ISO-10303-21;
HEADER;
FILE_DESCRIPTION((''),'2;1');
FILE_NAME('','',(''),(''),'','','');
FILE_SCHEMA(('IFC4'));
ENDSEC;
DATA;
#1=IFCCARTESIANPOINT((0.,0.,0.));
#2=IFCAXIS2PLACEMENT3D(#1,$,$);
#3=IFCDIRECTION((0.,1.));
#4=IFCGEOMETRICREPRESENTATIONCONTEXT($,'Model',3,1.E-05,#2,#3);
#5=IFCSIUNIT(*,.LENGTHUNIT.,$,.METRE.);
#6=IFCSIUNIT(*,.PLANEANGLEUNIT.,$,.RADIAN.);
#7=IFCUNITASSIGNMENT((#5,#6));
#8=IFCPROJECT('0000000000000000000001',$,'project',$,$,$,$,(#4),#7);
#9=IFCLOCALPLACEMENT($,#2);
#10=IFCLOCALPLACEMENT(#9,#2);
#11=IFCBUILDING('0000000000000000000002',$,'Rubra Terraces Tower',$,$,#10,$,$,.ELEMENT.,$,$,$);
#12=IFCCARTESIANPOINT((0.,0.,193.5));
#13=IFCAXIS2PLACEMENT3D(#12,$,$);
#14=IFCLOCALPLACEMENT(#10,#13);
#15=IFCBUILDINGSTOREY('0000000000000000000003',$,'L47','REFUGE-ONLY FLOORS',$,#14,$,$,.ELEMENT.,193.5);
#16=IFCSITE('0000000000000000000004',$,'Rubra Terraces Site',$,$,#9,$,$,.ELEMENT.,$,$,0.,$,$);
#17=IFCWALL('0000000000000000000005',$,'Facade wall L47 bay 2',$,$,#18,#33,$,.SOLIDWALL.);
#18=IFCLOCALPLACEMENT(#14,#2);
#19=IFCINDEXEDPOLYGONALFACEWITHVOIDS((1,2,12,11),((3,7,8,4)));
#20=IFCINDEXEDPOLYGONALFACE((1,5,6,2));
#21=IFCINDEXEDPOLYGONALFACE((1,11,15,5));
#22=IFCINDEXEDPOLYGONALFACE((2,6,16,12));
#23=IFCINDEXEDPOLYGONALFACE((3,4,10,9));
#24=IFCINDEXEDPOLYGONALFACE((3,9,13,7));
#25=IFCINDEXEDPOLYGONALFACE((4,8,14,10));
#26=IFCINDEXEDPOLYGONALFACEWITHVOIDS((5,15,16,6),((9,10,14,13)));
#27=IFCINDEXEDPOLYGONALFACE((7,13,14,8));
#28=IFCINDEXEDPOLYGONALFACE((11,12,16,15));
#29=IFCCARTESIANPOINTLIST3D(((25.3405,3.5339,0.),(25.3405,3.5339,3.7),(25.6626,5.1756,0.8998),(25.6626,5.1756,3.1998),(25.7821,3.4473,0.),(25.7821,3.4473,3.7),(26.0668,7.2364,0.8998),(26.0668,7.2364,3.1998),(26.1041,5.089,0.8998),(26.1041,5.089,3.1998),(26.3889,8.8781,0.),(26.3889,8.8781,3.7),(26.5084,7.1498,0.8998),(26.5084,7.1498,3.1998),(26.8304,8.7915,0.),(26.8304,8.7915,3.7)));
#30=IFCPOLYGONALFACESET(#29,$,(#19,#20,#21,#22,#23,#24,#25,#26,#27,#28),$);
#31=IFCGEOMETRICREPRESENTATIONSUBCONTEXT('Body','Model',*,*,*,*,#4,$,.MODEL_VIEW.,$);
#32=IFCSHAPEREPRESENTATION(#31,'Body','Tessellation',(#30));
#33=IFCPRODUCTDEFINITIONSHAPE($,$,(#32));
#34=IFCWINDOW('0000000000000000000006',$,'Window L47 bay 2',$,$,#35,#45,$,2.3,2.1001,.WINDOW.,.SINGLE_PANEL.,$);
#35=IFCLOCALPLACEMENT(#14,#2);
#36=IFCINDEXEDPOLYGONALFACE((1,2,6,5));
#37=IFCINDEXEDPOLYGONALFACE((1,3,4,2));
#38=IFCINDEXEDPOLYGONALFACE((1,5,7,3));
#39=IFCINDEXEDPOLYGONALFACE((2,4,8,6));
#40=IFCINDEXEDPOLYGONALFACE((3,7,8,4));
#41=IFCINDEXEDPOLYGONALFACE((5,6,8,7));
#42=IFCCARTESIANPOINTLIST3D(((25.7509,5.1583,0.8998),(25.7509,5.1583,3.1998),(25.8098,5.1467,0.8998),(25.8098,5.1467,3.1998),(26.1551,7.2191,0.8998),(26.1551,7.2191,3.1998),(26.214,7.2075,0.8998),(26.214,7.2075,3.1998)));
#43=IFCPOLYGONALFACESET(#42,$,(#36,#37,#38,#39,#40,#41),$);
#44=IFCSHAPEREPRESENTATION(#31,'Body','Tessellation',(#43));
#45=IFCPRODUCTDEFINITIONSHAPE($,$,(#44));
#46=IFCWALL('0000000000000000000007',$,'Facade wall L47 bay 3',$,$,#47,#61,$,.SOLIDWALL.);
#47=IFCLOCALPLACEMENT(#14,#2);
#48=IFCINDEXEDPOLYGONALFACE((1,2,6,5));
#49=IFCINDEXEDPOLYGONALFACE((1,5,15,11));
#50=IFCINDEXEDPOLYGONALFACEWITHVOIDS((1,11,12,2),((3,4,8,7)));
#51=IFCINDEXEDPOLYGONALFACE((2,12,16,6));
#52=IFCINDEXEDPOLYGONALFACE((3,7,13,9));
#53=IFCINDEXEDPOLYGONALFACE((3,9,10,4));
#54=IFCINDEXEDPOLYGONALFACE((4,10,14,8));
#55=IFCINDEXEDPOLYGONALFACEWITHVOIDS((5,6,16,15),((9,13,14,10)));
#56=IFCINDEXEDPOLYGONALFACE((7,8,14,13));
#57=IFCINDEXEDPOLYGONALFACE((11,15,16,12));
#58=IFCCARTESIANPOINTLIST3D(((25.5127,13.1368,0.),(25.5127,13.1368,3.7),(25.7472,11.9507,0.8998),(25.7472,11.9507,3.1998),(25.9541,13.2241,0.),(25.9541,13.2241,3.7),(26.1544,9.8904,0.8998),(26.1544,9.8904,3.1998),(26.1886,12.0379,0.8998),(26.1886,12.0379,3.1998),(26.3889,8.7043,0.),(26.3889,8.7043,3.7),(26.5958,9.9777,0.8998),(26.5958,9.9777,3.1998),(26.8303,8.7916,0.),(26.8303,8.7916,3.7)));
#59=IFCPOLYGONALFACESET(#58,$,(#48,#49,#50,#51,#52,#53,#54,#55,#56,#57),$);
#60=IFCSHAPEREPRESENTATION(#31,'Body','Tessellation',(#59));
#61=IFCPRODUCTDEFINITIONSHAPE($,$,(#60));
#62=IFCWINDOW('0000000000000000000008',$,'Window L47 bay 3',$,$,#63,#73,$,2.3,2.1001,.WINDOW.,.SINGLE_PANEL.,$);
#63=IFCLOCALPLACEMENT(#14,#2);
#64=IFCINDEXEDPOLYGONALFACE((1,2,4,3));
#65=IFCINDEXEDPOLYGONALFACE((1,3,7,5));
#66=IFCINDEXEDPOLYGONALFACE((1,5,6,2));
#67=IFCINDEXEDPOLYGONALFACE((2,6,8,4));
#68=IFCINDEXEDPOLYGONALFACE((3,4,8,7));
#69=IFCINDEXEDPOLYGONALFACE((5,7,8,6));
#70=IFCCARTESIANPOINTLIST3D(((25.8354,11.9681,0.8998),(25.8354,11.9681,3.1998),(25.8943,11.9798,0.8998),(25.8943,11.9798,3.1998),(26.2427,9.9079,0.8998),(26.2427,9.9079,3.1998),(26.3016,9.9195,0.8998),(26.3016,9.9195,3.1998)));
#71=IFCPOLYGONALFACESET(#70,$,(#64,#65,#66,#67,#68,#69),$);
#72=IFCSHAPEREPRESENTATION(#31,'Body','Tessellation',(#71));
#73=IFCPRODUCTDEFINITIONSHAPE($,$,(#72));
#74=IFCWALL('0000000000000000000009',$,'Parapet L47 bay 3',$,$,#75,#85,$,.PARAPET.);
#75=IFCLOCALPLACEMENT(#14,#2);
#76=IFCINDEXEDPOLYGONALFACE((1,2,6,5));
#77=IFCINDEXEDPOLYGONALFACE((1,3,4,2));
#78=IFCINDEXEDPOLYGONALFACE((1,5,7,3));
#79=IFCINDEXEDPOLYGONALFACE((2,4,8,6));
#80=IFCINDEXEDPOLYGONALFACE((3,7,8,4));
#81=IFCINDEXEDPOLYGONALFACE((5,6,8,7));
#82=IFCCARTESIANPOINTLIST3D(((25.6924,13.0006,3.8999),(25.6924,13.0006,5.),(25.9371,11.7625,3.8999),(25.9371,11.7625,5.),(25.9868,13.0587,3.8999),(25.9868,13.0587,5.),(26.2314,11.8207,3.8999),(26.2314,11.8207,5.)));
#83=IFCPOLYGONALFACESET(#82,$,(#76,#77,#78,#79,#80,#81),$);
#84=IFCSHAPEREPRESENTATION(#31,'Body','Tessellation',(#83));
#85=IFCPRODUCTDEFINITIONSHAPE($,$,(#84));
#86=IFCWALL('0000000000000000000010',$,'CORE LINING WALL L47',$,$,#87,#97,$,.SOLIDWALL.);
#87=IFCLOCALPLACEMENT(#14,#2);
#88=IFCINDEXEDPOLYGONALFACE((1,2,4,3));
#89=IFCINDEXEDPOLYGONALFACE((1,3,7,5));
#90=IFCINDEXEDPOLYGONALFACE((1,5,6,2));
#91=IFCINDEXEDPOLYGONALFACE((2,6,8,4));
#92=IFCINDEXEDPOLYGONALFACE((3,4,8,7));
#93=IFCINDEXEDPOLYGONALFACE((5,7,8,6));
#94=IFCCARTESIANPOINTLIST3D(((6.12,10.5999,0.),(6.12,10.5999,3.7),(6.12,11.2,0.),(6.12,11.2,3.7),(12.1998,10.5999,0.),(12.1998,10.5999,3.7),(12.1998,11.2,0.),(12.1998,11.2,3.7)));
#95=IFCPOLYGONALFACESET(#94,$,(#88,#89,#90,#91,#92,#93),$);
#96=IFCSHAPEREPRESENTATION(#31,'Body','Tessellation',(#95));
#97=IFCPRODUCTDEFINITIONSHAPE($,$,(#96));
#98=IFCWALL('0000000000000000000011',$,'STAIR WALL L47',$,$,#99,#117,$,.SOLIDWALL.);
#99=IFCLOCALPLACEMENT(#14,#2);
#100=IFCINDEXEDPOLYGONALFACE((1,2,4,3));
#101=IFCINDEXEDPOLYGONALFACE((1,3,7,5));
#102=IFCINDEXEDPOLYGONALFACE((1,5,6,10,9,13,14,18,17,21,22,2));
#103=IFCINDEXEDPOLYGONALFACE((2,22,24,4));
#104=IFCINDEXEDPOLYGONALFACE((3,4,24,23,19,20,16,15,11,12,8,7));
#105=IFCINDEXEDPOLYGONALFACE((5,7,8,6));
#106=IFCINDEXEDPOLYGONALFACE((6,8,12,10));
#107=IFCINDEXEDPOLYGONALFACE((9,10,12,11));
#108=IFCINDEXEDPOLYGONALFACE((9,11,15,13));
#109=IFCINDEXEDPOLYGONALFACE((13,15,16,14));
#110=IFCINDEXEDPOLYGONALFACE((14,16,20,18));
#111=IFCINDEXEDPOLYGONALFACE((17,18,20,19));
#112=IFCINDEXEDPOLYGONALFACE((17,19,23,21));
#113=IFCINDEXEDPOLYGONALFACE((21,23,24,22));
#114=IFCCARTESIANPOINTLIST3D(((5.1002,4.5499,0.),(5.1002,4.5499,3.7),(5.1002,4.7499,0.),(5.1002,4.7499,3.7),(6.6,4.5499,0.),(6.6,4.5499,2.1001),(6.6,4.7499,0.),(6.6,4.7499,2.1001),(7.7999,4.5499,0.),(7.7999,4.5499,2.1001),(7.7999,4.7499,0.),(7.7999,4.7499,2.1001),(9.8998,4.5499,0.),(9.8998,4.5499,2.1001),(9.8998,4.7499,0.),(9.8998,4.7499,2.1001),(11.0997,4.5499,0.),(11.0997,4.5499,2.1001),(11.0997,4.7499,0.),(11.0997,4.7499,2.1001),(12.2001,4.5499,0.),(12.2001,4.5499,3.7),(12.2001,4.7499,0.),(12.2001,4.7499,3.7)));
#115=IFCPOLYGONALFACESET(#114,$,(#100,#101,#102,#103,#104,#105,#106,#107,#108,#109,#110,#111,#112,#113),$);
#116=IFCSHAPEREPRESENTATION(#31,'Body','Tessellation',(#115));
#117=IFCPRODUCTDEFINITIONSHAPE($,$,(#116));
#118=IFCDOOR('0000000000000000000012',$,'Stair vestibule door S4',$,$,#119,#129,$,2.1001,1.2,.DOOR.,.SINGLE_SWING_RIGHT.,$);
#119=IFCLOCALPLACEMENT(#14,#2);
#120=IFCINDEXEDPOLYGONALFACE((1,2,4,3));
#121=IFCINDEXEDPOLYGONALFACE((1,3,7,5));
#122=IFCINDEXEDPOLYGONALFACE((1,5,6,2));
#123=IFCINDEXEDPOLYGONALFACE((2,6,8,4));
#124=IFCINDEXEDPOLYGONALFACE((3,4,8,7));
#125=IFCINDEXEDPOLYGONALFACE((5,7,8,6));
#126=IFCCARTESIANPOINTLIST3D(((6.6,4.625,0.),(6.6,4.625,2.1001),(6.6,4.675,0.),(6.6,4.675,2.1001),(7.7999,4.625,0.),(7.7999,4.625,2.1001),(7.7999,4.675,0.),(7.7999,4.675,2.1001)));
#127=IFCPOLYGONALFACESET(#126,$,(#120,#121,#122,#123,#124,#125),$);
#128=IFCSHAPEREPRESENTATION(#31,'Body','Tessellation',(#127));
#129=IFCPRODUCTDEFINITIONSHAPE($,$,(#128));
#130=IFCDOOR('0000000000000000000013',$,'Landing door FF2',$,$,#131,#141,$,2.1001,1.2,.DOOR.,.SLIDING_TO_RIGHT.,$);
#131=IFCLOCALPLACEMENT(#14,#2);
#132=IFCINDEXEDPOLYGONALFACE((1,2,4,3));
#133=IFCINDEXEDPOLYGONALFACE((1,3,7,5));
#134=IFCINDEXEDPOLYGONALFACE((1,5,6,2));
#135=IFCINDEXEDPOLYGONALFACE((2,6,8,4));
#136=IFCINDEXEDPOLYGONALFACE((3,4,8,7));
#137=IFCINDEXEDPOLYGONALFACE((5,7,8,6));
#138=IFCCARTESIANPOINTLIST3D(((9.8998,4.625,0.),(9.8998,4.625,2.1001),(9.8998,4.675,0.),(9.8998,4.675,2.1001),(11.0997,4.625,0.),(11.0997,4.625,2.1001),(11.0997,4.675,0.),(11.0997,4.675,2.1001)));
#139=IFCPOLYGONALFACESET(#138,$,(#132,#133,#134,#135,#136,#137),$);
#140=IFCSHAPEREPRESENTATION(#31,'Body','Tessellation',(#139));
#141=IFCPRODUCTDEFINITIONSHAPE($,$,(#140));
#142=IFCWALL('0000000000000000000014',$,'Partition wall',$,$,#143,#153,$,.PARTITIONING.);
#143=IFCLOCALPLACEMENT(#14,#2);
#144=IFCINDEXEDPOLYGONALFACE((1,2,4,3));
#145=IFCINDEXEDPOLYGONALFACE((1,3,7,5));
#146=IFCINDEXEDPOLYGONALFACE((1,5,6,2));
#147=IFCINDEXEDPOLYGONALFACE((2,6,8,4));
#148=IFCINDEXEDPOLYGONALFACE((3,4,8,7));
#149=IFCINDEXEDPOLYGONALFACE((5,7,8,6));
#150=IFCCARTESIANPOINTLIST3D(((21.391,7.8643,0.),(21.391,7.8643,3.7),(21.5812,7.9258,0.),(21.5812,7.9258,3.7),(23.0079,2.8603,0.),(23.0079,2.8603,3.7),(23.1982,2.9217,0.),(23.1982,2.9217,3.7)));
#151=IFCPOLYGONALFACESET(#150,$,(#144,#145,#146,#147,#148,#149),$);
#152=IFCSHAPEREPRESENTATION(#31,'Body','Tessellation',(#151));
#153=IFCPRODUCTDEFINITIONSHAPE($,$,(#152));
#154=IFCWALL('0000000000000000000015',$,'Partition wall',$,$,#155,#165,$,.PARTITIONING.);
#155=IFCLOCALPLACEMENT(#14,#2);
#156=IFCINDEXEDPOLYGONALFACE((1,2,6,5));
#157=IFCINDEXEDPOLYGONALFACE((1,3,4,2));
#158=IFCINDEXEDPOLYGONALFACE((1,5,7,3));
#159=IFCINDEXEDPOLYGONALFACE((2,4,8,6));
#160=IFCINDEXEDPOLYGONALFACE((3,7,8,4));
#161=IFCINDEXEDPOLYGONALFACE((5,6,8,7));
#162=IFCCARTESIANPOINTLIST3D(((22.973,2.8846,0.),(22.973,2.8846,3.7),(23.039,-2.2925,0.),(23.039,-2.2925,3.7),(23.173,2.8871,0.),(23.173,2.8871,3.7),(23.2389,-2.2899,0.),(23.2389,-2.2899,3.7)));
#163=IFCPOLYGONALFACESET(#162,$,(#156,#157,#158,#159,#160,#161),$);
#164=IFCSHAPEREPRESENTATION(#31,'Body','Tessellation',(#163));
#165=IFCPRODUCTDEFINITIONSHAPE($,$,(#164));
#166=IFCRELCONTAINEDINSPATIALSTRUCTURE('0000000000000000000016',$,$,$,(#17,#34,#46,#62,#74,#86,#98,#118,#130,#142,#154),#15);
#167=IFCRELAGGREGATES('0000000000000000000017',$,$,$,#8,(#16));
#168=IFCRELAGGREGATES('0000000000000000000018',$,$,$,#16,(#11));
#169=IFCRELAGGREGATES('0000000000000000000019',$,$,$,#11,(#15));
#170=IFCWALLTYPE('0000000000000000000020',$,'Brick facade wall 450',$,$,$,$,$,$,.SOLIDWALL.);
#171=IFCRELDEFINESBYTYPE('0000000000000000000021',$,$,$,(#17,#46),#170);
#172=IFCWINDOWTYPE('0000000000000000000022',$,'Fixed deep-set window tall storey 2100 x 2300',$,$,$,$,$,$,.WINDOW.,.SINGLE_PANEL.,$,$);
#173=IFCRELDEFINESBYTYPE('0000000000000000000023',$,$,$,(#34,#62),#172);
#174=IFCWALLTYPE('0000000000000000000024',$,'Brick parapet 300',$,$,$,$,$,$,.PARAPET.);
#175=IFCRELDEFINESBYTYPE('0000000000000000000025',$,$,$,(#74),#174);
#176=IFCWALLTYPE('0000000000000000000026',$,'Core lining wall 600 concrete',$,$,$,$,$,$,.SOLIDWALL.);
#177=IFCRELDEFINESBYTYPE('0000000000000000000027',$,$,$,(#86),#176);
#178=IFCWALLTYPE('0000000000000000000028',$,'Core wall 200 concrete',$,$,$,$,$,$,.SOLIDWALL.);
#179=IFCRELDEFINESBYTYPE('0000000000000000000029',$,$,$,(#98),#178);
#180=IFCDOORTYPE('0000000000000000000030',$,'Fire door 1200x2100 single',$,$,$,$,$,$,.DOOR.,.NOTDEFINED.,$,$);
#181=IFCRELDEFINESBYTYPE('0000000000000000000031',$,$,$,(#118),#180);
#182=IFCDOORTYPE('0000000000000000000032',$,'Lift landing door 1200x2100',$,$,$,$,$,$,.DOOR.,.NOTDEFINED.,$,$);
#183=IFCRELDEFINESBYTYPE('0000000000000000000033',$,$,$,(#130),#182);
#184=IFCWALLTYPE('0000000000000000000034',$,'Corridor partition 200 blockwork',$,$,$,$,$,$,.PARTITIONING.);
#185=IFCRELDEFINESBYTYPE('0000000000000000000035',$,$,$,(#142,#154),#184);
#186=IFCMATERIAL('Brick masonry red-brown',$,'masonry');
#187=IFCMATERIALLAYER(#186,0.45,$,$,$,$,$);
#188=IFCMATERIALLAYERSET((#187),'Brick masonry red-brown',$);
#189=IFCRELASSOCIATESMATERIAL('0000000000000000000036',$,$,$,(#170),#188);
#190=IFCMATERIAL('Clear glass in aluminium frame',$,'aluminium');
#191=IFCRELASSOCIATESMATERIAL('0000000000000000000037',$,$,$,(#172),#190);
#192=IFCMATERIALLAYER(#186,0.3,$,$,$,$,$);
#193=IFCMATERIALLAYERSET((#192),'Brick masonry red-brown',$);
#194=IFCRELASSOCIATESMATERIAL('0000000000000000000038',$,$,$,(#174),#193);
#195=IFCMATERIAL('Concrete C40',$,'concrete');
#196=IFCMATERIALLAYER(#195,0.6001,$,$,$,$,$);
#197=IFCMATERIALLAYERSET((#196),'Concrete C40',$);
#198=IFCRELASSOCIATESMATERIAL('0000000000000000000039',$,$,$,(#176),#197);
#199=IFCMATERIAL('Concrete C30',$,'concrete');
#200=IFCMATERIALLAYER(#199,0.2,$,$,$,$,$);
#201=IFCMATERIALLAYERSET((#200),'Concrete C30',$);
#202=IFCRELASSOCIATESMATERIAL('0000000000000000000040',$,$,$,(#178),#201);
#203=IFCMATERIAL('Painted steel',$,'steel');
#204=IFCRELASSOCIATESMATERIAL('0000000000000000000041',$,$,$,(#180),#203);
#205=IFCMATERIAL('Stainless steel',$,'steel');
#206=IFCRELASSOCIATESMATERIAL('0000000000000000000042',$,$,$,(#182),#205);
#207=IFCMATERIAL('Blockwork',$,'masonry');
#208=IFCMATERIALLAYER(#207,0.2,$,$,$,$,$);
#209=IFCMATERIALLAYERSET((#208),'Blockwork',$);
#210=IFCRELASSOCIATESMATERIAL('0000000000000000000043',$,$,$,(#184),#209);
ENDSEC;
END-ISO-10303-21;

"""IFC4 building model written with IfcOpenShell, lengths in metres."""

from ifc_helpers import new_model, si_unit, direction, frame, frame_2d, origin, place, context, subcontext, project, spatial, rectangle, extrude, material, layer, layer_set, type_object, element, fill, save


model = new_model("IFC4")

# Units and contexts
model_context = context("Model", 3, precision=1e-05, world=origin(), true_north=direction((0.0, 1.0)))
body_context = subcontext(model_context, "Body", "Model", "MODEL_VIEW")
ifc_project = project(units=[si_unit("LENGTHUNIT", "METRE"), si_unit("PLANEANGLEUNIT", "RADIAN")], contexts=[model_context])

# Site, building, storey
site_placement = place(None, origin())
site = spatial("IfcSite", under=ifc_project, at=site_placement, Name="Rubra Terraces Site", CompositionType="ELEMENT", RefElevation=0.0)
building_placement = place(site_placement, origin())
building = spatial("IfcBuilding", under=site, at=building_placement, Name="Rubra Terraces Tower", CompositionType="ELEMENT")
storey_placement = place(building_placement, frame((0.0, 0.0, 193.5)))
storey = spatial("IfcBuildingStorey", under=building, at=storey_placement, Name="L47", Description="REFUGE-ONLY FLOORS", CompositionType="ELEMENT", Elevation=193.5)

# Walls, openings, windows
ifc_material_1 = material(Name="Brick masonry red-brown", Category="masonry")
ifc_layer_1 = layer(ifc_material_1, 0.45)
ifc_layer_set_1 = layer_set([ifc_layer_1], Name="Brick masonry red-brown")
wall_type_1 = type_object("IfcWallType", Name="Brick facade wall 450", PredefinedType="SOLIDWALL", material=ifc_layer_set_1)
wall_1_placement = place(storey_placement, frame((25.5613, 3.4905, 0.0), z_axis=(0.0, 0.0, 1.0), x_axis=(0.192494, 0.981298, 0.0)))
wall_1 = element("IfcWall", 1, at=wall_1_placement, inside=storey, type_object=wall_type_1, Name="Facade wall L47 bay 2", PredefinedType="SOLIDWALL", context=body_context, shape_type="SweptSolid", body=[
    extrude(rectangle(XDim=5.446, YDim=0.45, at=frame_2d((2.7231, 0.0))), origin(), (0.0, 0.0, 1.0), 3.7),
])
opening_1_placement = place(wall_1_placement, frame((1.6731, 0.0, 0.8999)))
opening_1 = element("IfcOpeningElement", 2, at=opening_1_placement, cuts=wall_1, PredefinedType="OPENING", context=body_context, shape_type="SweptSolid", body=[
    extrude(rectangle(XDim=2.1001, YDim=2.3, at=frame_2d((1.05, 1.1499))), frame((0.0, 0.2349, 0.0), z_axis=(0.0, -1.0, 0.0), x_axis=(1.0, 0.0, 0.0)), (0.0, 0.0, 1.0), 0.47),
])
ifc_material_2 = material(Name="Clear glass in aluminium frame", Category="aluminium")
window_type = type_object("IfcWindowType", Name="Fixed deep-set window tall storey 2100 x 2300", PartitioningType="SINGLE_PANEL", PredefinedType="WINDOW", material=ifc_material_2)
window_1_placement = place(opening_1_placement, origin())
window_1 = element("IfcWindow", 3, at=window_1_placement, inside=storey, type_object=window_type, Name="Window L47 bay 2", OverallHeight=2.3, OverallWidth=2.1001, PartitioningType="SINGLE_PANEL", PredefinedType="WINDOW", context=body_context, shape_type="SweptSolid", body=[
    extrude(rectangle(XDim=2.1001, YDim=2.3, at=frame_2d((1.05, 1.1499))), frame((0.0, 0.135, 0.0), z_axis=(0.0, -1.0, 0.0), x_axis=(1.0, 0.0, 0.0)), (0.0, 0.0, 1.0), 0.0601),
])
fill(opening_1, window_1)
wall_2_placement = place(storey_placement, frame((26.6096, 8.7478, 0.0), z_axis=(0.0, 0.0, 1.0), x_axis=(-0.193923, 0.981017, 0.0)))
wall_2 = element("IfcWall", 4, at=wall_2_placement, inside=storey, type_object=wall_type_1, Name="Facade wall L47 bay 3", PredefinedType="SOLIDWALL", context=body_context, shape_type="SweptSolid", body=[
    extrude(rectangle(XDim=4.5183, YDim=0.45, at=frame_2d((2.2593, 0.0))), origin(), (0.0, 0.0, 1.0), 3.7),
])
opening_2_placement = place(wall_2_placement, frame((1.2092, 0.0, 0.8999)))
opening_2 = element("IfcOpeningElement", 5, at=opening_2_placement, cuts=wall_2, PredefinedType="OPENING", context=body_context, shape_type="SweptSolid", body=[
    extrude(rectangle(XDim=2.1001, YDim=2.3, at=frame_2d((1.05, 1.1499))), frame((0.0, 0.2349, 0.0), z_axis=(0.0, -1.0, 0.0), x_axis=(1.0, 0.0, 0.0)), (0.0, 0.0, 1.0), 0.47),
])
window_2_placement = place(opening_2_placement, origin())
window_2 = element("IfcWindow", 6, at=window_2_placement, inside=storey, type_object=window_type, Name="Window L47 bay 3", OverallHeight=2.3, OverallWidth=2.1001, PartitioningType="SINGLE_PANEL", PredefinedType="WINDOW", context=body_context, shape_type="SweptSolid", body=[
    extrude(rectangle(XDim=2.1001, YDim=2.3, at=frame_2d((1.05, 1.1499))), frame((0.0, 0.135, 0.0), z_axis=(0.0, -1.0, 0.0), x_axis=(1.0, 0.0, 0.0)), (0.0, 0.0, 1.0), 0.0601),
])
fill(opening_2, window_2)

# Walls
ifc_layer_2 = layer(ifc_material_1, 0.3)
ifc_layer_set_2 = layer_set([ifc_layer_2], Name="Brick masonry red-brown")
wall_type_2 = type_object("IfcWallType", Name="Brick parapet 300", PredefinedType="PARAPET", material=ifc_layer_set_2)
wall_3_placement = place(storey_placement, frame((26.0842, 11.7917, 3.8999), z_axis=(0.0, 0.0, 1.0), x_axis=(-0.193846, 0.981032, 0.0)))
element("IfcWall", 7, at=wall_3_placement, inside=storey, type_object=wall_type_2, Name="Parapet L47 bay 3", PredefinedType="PARAPET", context=body_context, shape_type="SweptSolid", body=[
    extrude(rectangle(XDim=1.262, YDim=0.3, at=frame_2d((0.6309, 0.0))), origin(), (0.0, 0.0, 1.0), 1.1001),
])
ifc_material_3 = material(Name="Concrete C40", Category="concrete")
ifc_layer_3 = layer(ifc_material_3, 0.6001)
ifc_layer_set_3 = layer_set([ifc_layer_3], Name="Concrete C40")
wall_type_3 = type_object("IfcWallType", Name="Core lining wall 600 concrete", PredefinedType="SOLIDWALL", material=ifc_layer_set_3)
wall_4_placement = place(storey_placement, frame((12.2, 10.8999, 0.0), z_axis=(0.0, 0.0, 1.0), x_axis=(-1.0, 0.0, 0.0)))
element("IfcWall", 8, at=wall_4_placement, inside=storey, type_object=wall_type_3, Name="CORE LINING WALL L47", PredefinedType="SOLIDWALL", context=body_context, shape_type="SweptSolid", body=[
    extrude(rectangle(XDim=6.0798, YDim=0.6001, at=frame_2d((3.04, 0.0))), origin(), (0.0, 0.0, 1.0), 3.7),
])

# Wall, openings, doors
ifc_material_4 = material(Name="Concrete C30", Category="concrete")
ifc_layer_4 = layer(ifc_material_4, 0.2)
ifc_layer_set_4 = layer_set([ifc_layer_4], Name="Concrete C30")
wall_type_4 = type_object("IfcWallType", Name="Core wall 200 concrete", PredefinedType="SOLIDWALL", material=ifc_layer_set_4)
wall_5_placement = place(storey_placement, frame((12.2, 4.6499, 0.0), z_axis=(0.0, 0.0, 1.0), x_axis=(-1.0, 0.0, 0.0)))
wall_5 = element("IfcWall", 9, at=wall_5_placement, inside=storey, type_object=wall_type_4, Name="STAIR WALL L47", PredefinedType="SOLIDWALL", context=body_context, shape_type="SweptSolid", body=[
    extrude(rectangle(XDim=7.0999, YDim=0.2, at=frame_2d((3.5498, 0.0))), origin(), (0.0, 0.0, 1.0), 3.7),
])
opening_3_placement = place(wall_5_placement, frame((4.3999, 0.0, 0.0)))
opening_3 = element("IfcOpeningElement", 10, at=opening_3_placement, cuts=wall_5, PredefinedType="OPENING", context=body_context, shape_type="SweptSolid", body=[
    extrude(rectangle(XDim=1.2, YDim=2.1001, at=frame_2d((0.6001, 1.05))), frame((0.0, 0.1099, 0.0), z_axis=(0.0, -1.0, 0.0), x_axis=(1.0, 0.0, 0.0)), (0.0, 0.0, 1.0), 0.22),
])
opening_4_placement = place(wall_5_placement, frame((1.1001, 0.0, 0.0)))
opening_4 = element("IfcOpeningElement", 11, at=opening_4_placement, cuts=wall_5, PredefinedType="OPENING", context=body_context, shape_type="SweptSolid", body=[
    extrude(rectangle(XDim=1.2, YDim=2.1001, at=frame_2d((0.6001, 1.05))), frame((0.0, 0.1099, 0.0), z_axis=(0.0, -1.0, 0.0), x_axis=(1.0, 0.0, 0.0)), (0.0, 0.0, 1.0), 0.22),
])
ifc_material_5 = material(Name="Painted steel", Category="steel")
door_type_1 = type_object("IfcDoorType", Name="Fire door 1200x2100 single", OperationType="NOTDEFINED", PredefinedType="DOOR", material=ifc_material_5)
door_1_placement = place(opening_3_placement, origin())
door_1 = element("IfcDoor", 12, at=door_1_placement, inside=storey, type_object=door_type_1, Name="Stair vestibule door S4", OperationType="SINGLE_SWING_RIGHT", OverallHeight=2.1001, OverallWidth=1.2, PredefinedType="DOOR", context=body_context, shape_type="SweptSolid", body=[
    extrude(rectangle(XDim=1.2, YDim=2.1001, at=frame_2d((0.6001, 1.05))), frame((0.0, 0.0249, 0.0), z_axis=(0.0, -1.0, 0.0), x_axis=(1.0, 0.0, 0.0)), (0.0, 0.0, 1.0), 0.05),
])
fill(opening_3, door_1)
ifc_material_6 = material(Name="Stainless steel", Category="steel")
door_type_2 = type_object("IfcDoorType", Name="Lift landing door 1200x2100", OperationType="NOTDEFINED", PredefinedType="DOOR", material=ifc_material_6)
door_2_placement = place(opening_4_placement, origin())
door_2 = element("IfcDoor", 13, at=door_2_placement, inside=storey, type_object=door_type_2, Name="Landing door FF2", OperationType="SLIDING_TO_RIGHT", OverallHeight=2.1001, OverallWidth=1.2, PredefinedType="DOOR", context=body_context, shape_type="SweptSolid", body=[
    extrude(rectangle(XDim=1.2, YDim=2.1001, at=frame_2d((0.6001, 1.05))), frame((0.0, 0.0249, 0.0), z_axis=(0.0, -1.0, 0.0), x_axis=(1.0, 0.0, 0.0)), (0.0, 0.0, 1.0), 0.05),
])
fill(opening_4, door_2)

# Walls
ifc_material_7 = material(Name="Blockwork", Category="masonry")
ifc_layer_5 = layer(ifc_material_7, 0.2)
ifc_layer_set_5 = layer_set([ifc_layer_5], Name="Blockwork")
wall_type_5 = type_object("IfcWallType", Name="Corridor partition 200 blockwork", PredefinedType="PARTITIONING", material=ifc_layer_set_5)
wall_6_placement = place(storey_placement, frame((21.4861, 7.895, 0.0), z_axis=(0.0, 0.0, 1.0), x_axis=(0.307482, -0.951554, 0.0)))
element("IfcWall", 14, at=wall_6_placement, inside=storey, type_object=wall_type_5, Name="Partition wall", PredefinedType="PARTITIONING", context=body_context, shape_type="SweptSolid", body=[
    extrude(rectangle(XDim=5.2588, YDim=0.2, at=frame_2d((2.6294, 0.0))), origin(), (0.0, 0.0, 1.0), 3.7),
])
wall_7_placement = place(storey_placement, frame((23.073, 2.886, 0.0), z_axis=(0.0, 0.0, 1.0), x_axis=(0.012732, -0.999919, 0.0)))
element("IfcWall", 15, at=wall_7_placement, inside=storey, type_object=wall_type_5, Name="Partition wall", PredefinedType="PARTITIONING", context=body_context, shape_type="SweptSolid", body=[
    extrude(rectangle(XDim=5.1775, YDim=0.2, at=frame_2d((2.5889, 0.0))), origin(), (0.0, 0.0, 1.0), 3.7),
])

save(model, "model.ifc")
